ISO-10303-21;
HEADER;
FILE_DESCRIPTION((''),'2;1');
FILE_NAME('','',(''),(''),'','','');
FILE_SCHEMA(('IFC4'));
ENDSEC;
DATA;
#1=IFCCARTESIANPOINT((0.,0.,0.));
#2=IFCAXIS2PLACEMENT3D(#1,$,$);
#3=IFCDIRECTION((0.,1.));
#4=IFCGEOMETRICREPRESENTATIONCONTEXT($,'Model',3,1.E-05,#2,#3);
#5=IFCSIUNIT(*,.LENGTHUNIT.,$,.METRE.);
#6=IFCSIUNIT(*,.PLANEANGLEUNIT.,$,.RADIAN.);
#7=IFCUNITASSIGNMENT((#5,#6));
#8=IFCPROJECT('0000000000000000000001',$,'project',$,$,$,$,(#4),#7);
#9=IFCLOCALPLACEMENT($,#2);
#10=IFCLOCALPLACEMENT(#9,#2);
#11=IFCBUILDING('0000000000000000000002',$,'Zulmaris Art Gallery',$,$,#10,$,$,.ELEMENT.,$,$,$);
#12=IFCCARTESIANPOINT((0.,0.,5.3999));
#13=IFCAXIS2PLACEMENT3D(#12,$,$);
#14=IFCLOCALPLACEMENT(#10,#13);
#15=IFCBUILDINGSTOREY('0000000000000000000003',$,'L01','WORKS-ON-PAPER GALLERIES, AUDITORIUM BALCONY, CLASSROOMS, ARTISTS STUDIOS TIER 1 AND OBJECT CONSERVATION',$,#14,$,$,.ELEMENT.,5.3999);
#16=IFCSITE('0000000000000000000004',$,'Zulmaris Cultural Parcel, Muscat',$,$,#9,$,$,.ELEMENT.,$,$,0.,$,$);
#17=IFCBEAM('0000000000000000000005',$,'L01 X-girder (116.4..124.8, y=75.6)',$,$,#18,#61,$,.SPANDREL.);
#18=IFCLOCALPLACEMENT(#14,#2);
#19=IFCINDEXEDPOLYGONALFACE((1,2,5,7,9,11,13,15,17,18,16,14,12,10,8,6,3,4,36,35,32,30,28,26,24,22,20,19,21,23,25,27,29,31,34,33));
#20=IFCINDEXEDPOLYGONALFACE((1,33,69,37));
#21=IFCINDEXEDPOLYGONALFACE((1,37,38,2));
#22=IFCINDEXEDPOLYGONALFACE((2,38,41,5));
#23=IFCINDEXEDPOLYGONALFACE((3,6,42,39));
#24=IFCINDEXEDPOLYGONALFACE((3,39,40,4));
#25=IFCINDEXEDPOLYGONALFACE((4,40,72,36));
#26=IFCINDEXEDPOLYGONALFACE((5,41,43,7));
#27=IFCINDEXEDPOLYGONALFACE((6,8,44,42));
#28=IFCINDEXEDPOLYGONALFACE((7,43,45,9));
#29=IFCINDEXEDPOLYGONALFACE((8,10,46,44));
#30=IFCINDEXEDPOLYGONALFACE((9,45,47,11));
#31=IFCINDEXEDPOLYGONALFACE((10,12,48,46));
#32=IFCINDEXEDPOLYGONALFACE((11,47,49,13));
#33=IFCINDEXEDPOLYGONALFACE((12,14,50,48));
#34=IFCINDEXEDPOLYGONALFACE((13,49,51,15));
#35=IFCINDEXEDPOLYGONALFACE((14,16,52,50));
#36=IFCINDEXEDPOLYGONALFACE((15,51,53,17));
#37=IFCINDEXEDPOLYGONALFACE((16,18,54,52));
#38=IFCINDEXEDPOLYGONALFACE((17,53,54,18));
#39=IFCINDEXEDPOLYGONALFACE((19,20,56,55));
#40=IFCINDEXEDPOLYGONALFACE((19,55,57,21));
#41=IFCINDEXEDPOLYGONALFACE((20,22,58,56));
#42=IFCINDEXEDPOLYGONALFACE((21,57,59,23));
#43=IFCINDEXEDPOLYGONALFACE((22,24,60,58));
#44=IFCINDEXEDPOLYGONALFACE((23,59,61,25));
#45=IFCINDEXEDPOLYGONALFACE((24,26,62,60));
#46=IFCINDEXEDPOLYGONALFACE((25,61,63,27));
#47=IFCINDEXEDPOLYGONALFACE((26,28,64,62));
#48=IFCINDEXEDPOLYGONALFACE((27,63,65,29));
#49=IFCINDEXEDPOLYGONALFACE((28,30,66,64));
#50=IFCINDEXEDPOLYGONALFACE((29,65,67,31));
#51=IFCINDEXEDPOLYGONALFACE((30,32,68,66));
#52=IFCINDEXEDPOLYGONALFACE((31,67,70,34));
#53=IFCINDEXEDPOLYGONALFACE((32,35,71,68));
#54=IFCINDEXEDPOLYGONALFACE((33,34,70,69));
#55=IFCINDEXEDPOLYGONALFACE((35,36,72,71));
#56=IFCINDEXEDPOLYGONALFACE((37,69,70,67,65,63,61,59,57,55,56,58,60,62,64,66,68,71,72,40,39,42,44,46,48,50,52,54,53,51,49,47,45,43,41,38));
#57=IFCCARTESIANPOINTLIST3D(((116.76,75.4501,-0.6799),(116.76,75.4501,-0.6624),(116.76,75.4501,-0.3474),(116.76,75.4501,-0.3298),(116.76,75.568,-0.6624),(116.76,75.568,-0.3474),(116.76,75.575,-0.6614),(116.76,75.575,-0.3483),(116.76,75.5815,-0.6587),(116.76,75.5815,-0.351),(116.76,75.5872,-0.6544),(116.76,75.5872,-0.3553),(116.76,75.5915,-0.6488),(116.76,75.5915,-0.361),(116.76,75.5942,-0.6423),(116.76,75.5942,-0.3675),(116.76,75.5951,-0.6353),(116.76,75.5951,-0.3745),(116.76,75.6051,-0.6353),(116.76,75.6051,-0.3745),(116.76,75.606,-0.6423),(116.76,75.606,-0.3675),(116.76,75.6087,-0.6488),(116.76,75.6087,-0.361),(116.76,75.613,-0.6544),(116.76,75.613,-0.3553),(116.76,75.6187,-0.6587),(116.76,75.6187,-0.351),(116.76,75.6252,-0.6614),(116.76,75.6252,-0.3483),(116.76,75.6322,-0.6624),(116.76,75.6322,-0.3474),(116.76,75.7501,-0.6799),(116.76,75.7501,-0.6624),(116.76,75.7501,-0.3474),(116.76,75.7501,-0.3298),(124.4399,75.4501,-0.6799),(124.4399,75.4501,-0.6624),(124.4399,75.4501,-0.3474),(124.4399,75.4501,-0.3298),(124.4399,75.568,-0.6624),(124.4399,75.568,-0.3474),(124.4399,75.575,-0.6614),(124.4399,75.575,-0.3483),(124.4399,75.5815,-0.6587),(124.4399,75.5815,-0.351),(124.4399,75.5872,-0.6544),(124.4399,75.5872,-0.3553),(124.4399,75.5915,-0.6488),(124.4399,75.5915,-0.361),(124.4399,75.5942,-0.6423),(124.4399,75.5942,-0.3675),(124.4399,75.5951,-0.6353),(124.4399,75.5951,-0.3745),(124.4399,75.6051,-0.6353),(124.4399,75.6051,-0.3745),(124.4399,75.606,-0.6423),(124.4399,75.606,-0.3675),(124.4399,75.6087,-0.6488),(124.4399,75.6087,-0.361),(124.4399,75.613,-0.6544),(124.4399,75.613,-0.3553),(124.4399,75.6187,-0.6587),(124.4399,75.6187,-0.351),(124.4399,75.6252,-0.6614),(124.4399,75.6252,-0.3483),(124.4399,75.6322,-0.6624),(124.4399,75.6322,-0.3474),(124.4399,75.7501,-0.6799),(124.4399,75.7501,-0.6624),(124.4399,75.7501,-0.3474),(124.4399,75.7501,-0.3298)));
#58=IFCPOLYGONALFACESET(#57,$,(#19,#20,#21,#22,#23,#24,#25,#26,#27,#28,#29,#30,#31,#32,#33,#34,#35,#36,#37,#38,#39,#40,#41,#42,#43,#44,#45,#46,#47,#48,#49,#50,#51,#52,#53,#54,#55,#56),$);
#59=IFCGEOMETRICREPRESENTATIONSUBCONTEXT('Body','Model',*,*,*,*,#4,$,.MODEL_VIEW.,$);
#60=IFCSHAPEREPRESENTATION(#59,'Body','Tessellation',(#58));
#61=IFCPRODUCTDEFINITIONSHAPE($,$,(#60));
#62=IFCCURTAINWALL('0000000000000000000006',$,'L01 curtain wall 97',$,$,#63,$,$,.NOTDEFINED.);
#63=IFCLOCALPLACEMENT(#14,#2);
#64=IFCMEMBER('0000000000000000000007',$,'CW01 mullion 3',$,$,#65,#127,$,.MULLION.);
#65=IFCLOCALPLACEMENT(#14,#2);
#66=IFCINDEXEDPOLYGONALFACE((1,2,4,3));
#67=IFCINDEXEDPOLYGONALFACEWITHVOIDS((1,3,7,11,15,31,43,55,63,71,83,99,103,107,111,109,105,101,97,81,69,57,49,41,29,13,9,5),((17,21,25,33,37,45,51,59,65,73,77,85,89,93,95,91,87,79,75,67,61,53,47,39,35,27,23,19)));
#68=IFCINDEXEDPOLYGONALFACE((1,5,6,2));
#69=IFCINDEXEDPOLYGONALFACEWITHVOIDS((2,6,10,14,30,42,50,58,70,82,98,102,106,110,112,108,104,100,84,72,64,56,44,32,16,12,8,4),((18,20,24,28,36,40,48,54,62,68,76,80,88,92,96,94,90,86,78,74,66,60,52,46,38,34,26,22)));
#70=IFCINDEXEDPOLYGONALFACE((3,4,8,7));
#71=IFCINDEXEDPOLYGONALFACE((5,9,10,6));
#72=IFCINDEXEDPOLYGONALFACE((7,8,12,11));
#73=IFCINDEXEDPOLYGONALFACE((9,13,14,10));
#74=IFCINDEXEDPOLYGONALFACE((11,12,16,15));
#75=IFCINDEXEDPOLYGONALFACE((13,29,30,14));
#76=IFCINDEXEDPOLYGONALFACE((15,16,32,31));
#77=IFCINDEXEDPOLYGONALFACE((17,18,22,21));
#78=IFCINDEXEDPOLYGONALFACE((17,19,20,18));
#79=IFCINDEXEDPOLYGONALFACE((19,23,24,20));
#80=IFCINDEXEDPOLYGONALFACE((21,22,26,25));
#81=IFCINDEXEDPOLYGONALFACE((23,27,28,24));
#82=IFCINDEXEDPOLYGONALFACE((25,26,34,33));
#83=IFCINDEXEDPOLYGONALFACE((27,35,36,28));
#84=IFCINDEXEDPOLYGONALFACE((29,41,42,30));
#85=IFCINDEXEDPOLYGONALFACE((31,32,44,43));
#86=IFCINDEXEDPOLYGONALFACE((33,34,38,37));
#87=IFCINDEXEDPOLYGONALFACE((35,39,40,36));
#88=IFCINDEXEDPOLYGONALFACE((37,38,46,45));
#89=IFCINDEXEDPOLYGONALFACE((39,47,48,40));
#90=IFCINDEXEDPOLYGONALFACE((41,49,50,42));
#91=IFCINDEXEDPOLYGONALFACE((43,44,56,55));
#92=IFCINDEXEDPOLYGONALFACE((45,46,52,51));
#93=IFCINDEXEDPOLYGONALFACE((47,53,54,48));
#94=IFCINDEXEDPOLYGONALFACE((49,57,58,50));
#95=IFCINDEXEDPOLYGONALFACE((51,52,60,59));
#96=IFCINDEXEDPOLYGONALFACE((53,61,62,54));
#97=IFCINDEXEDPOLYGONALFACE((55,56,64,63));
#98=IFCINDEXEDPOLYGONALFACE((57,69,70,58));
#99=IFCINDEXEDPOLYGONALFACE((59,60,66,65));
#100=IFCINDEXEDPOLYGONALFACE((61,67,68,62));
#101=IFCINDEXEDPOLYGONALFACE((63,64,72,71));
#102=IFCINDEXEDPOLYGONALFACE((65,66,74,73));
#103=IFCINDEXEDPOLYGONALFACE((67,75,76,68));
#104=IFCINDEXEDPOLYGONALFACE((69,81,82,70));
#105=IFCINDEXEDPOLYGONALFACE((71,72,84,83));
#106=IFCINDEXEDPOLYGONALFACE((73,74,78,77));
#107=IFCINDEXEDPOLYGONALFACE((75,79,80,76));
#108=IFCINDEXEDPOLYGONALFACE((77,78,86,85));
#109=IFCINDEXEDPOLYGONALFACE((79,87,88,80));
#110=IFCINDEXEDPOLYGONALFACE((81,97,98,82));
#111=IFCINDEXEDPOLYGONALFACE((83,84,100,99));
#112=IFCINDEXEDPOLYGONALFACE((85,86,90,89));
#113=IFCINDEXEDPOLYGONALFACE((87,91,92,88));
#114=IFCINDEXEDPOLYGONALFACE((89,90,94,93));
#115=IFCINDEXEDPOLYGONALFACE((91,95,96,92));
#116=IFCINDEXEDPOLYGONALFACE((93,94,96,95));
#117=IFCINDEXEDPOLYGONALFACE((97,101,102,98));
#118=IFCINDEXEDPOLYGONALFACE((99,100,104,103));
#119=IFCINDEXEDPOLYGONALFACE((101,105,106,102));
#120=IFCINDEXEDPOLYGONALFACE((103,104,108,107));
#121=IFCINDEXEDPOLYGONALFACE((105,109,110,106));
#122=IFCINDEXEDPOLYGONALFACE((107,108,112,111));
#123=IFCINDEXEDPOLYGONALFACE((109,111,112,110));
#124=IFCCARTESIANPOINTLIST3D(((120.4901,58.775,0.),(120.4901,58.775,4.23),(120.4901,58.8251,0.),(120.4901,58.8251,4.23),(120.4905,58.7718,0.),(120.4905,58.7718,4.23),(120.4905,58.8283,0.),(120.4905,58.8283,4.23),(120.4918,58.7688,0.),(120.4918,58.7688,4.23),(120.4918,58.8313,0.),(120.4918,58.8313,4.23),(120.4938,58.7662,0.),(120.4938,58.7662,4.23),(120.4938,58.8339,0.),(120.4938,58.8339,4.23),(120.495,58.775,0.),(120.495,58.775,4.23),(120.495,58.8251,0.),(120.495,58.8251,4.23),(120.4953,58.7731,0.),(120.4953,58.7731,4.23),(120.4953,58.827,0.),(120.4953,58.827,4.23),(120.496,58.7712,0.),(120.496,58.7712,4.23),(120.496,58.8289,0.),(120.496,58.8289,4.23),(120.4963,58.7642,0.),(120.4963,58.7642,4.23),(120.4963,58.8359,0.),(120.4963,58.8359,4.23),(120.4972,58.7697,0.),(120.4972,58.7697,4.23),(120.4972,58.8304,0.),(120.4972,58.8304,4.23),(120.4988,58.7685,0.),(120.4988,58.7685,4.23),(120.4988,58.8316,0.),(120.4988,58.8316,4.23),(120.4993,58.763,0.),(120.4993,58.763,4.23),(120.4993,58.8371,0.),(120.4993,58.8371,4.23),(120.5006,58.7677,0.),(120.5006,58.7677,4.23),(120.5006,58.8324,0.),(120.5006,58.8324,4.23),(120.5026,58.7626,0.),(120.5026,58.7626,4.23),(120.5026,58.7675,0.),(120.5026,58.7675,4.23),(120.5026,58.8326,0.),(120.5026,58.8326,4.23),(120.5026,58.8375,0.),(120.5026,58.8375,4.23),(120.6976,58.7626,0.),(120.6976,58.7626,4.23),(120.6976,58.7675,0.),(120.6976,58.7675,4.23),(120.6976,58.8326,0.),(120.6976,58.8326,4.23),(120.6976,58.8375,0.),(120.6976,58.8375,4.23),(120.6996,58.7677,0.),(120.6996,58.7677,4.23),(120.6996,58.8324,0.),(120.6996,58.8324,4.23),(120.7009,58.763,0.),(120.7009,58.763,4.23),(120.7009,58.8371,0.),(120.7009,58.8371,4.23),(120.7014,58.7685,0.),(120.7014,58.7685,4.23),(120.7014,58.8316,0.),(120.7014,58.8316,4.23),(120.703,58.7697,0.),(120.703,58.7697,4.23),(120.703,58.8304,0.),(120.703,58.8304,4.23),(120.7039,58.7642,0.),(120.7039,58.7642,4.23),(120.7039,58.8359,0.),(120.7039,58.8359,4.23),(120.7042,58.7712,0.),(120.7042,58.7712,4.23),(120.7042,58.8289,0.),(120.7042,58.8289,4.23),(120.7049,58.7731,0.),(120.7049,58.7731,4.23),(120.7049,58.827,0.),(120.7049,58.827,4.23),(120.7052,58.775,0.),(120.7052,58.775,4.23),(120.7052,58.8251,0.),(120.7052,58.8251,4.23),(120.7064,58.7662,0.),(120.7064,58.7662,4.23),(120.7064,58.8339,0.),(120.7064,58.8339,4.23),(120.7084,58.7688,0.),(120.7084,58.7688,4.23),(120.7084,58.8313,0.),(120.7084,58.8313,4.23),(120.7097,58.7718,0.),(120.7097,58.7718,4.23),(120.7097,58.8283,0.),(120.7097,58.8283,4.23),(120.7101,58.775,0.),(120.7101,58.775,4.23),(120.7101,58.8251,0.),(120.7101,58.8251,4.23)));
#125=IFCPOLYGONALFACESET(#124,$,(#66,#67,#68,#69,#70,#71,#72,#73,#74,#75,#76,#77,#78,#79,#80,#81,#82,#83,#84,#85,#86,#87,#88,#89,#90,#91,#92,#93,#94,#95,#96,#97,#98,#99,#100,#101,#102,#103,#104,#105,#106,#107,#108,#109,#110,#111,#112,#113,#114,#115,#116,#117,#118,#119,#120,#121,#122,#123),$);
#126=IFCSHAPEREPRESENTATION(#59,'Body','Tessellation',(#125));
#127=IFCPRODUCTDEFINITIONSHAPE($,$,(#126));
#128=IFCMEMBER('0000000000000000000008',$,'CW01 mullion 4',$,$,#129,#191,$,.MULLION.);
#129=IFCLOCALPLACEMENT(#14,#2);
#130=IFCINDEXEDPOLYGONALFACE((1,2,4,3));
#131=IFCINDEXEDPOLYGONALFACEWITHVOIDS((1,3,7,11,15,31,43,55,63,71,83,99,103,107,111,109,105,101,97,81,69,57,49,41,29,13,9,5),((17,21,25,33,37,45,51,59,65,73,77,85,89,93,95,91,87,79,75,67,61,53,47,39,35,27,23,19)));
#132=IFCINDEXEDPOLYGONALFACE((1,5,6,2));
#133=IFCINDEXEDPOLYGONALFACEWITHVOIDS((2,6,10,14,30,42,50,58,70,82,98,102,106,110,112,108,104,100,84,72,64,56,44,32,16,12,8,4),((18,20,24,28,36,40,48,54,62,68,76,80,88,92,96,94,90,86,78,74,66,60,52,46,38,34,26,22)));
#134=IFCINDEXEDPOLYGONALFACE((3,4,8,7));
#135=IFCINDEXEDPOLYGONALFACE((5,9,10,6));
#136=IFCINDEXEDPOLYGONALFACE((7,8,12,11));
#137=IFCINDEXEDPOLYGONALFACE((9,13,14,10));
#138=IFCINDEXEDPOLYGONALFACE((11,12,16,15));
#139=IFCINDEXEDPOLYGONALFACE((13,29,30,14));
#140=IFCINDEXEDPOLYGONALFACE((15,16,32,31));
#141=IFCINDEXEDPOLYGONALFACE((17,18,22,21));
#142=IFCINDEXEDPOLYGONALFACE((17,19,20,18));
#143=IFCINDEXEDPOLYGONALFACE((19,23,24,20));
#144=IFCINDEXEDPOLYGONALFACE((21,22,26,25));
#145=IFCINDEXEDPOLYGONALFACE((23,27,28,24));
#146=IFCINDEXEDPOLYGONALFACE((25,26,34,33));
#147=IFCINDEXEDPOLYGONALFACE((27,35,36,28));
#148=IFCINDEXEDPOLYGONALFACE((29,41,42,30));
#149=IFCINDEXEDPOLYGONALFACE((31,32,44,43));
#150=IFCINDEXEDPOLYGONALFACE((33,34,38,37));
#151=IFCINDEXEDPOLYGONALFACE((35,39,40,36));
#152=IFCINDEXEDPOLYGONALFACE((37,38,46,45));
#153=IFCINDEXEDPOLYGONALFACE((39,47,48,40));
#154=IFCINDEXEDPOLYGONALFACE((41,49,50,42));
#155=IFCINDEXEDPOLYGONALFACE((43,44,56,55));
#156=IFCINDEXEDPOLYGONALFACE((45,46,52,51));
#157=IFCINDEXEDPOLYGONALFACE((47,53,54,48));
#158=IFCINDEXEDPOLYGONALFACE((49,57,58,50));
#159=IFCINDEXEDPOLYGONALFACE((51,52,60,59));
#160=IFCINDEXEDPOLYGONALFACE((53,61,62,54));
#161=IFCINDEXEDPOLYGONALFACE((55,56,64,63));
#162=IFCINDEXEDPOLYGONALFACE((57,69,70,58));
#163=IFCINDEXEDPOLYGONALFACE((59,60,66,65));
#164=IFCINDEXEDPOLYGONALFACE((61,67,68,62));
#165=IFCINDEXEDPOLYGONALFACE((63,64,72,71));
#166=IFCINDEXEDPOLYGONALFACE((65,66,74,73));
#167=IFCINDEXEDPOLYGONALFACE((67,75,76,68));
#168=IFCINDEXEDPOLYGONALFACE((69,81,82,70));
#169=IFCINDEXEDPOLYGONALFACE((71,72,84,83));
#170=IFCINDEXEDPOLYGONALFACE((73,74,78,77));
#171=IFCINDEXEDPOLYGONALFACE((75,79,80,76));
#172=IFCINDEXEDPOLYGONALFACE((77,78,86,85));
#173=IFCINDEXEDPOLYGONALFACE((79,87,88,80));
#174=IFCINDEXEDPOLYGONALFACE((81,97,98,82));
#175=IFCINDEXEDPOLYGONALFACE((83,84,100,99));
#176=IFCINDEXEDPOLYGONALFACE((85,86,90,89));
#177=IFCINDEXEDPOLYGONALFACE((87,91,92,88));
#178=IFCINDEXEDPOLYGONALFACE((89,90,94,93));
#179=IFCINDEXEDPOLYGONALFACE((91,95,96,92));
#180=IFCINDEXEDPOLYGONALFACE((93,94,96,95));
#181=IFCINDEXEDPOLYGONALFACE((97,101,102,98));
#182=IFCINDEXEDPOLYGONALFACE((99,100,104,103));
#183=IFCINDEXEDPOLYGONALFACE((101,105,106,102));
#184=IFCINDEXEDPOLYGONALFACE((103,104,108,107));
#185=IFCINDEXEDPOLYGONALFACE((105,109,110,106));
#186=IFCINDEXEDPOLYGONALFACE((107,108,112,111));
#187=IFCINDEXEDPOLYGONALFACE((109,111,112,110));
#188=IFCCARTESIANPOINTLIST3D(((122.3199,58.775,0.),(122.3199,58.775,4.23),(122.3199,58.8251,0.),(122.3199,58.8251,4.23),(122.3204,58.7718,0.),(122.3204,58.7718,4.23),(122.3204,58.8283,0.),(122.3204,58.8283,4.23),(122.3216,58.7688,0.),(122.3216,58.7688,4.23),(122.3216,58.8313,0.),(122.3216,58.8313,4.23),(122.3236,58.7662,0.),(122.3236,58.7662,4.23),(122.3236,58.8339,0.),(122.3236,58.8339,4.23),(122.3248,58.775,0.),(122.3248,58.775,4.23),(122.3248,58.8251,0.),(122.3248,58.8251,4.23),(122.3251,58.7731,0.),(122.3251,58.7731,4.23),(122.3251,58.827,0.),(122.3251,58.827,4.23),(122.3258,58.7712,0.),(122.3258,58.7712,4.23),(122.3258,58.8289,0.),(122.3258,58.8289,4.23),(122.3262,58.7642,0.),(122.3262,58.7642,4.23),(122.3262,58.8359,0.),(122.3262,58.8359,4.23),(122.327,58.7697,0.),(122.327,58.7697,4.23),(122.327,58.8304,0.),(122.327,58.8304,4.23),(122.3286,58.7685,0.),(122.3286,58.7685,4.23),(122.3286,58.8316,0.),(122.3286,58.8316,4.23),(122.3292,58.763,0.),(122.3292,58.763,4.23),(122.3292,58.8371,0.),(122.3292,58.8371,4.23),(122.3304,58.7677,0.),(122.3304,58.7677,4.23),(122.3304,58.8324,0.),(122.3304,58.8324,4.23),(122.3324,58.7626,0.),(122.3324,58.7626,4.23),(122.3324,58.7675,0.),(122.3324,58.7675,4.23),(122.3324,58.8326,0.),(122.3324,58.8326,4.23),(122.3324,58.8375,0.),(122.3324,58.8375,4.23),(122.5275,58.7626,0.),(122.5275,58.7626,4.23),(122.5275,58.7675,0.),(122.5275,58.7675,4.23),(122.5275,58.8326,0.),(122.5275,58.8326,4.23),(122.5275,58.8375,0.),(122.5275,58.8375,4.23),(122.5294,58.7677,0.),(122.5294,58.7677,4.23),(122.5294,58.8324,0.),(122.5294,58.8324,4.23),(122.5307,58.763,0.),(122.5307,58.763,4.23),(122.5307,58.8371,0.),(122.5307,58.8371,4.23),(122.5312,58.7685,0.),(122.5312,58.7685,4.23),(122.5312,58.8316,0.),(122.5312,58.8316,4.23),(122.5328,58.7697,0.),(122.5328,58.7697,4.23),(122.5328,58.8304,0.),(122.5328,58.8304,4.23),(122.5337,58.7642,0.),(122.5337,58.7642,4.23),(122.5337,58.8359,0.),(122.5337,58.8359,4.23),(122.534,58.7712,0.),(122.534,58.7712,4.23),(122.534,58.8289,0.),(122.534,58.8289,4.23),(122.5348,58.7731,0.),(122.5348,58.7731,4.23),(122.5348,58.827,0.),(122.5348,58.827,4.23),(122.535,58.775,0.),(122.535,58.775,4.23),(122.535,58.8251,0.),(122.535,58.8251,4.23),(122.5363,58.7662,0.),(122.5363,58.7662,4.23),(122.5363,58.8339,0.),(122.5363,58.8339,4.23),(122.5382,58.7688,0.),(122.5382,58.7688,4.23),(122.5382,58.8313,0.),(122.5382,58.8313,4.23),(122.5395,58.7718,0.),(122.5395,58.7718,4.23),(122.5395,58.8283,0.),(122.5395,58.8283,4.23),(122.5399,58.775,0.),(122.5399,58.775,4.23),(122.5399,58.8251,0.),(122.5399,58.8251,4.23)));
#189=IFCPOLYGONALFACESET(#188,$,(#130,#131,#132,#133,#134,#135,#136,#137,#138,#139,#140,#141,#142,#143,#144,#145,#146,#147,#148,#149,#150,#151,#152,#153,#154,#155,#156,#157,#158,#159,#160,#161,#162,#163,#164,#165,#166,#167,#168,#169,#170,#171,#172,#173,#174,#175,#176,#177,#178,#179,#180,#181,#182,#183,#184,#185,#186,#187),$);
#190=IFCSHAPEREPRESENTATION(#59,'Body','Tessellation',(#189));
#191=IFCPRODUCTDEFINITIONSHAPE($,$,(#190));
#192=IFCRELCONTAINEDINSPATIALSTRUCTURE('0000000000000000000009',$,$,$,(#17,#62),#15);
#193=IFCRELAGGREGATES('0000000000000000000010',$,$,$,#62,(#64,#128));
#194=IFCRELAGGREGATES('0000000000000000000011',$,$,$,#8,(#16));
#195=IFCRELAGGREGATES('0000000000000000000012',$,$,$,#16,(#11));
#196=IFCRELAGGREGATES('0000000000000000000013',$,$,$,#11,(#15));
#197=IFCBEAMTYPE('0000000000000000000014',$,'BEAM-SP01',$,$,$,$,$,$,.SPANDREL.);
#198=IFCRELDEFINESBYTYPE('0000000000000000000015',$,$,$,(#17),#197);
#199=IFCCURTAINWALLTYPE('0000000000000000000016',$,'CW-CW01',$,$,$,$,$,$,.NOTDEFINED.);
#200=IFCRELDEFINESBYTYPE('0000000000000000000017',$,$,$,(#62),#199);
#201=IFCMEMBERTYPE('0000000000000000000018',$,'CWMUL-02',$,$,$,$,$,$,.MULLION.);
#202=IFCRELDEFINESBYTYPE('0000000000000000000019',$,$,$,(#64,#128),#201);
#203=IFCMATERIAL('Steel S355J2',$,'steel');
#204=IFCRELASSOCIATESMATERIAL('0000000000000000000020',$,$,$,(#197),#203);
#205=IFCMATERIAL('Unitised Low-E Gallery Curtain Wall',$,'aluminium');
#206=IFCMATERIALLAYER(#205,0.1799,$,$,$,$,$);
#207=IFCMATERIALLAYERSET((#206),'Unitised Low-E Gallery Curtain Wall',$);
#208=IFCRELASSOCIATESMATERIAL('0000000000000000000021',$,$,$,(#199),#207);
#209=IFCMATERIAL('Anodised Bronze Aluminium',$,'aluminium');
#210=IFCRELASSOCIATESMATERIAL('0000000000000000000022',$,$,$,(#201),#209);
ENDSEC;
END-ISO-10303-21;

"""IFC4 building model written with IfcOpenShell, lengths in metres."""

from ifc_helpers import new_model, si_unit, direction, frame, origin, origin_2d, place, context, subcontext, project, spatial, hollow_rectangle, i_section, extrude, material, layer, layer_set, material_profile, profile_set, type_object, element, aggregate, save


model = new_model("IFC4")

# Units and contexts
model_context = context("Model", 3, precision=1e-05, world=origin(), true_north=direction((0.0, 1.0)))
body_context = subcontext(model_context, "Body", "Model", "MODEL_VIEW")
ifc_project = project(units=[si_unit("LENGTHUNIT", "METRE"), si_unit("PLANEANGLEUNIT", "RADIAN")], contexts=[model_context])

# Site, building, storey
site_placement = place(None, origin())
site = spatial("IfcSite", under=ifc_project, at=site_placement, Name="Zulmaris Cultural Parcel, Muscat", CompositionType="ELEMENT", RefElevation=0.0)
building_placement = place(site_placement, origin())
building = spatial("IfcBuilding", under=site, at=building_placement, Name="Zulmaris Art Gallery", CompositionType="ELEMENT")
storey_placement = place(building_placement, frame((0.0, 0.0, 5.3999)))
storey = spatial("IfcBuildingStorey", under=building, at=storey_placement, Name="L01", Description="WORKS-ON-PAPER GALLERIES, AUDITORIUM BALCONY, CLASSROOMS, ARTISTS STUDIOS TIER 1 AND OBJECT CONSERVATION", CompositionType="ELEMENT", Elevation=5.3999)

# Beam
ifc_material_1 = material(Name="Steel S355J2", Category="steel")
ifc_material_profile_1 = material_profile(ifc_material_1, i_section(OverallWidth=0.3, OverallDepth=0.3501, WebThickness=0.01, FlangeThickness=0.0176, FilletRadius=0.0271, at=origin_2d()), Name="HEA 360")
ifc_profile_set_1 = profile_set([ifc_material_profile_1], Name="Steel S355J2")
beam_type_1 = type_object("IfcBeamType", Name="BEAM-SP01", PredefinedType="SPANDREL", material=ifc_profile_set_1)
beam_1_placement = place(storey_placement, frame((116.76, 75.6001, -0.5049), z_axis=(1.0, 0.0, 0.0), x_axis=(0.0, 1.0, 0.0)))
element("IfcBeam", 1, at=beam_1_placement, inside=storey, type_object=beam_type_1, Name="L01 X-girder (116.4..124.8, y=75.6)", PredefinedType="SPANDREL", context=body_context, shape_type="SweptSolid", body=[
    extrude(i_section(OverallWidth=0.3, OverallDepth=0.3501, WebThickness=0.01, FlangeThickness=0.0176, FilletRadius=0.0271, at=origin_2d()), origin(), (0.0, 0.0, 1.0), 7.6799),
])

# Curtain wall, members
ifc_material_2 = material(Name="Unitised Low-E Gallery Curtain Wall", Category="aluminium")
ifc_layer_1 = layer(ifc_material_2, 0.1799)
ifc_layer_set_1 = layer_set([ifc_layer_1], Name="Unitised Low-E Gallery Curtain Wall")
curtain_wall_type = type_object("IfcCurtainWallType", Name="CW-CW01", PredefinedType="NOTDEFINED", material=ifc_layer_set_1)
curtain_wall_placement = place(storey_placement, origin())
curtain_wall = element("IfcCurtainWall", 2, at=curtain_wall_placement, inside=storey, type_object=curtain_wall_type, Name="L01 curtain wall 97", PredefinedType="NOTDEFINED")
ifc_material_3 = material(Name="Anodised Bronze Aluminium", Category="aluminium")
ifc_material_profile_2 = material_profile(ifc_material_3, hollow_rectangle(XDim=0.075, YDim=0.22, WallThickness=0.0049, InnerFilletRadius=0.0076, OuterFilletRadius=0.0125, at=origin_2d()), Name="ALU 75x220x5")
ifc_profile_set_2 = profile_set([ifc_material_profile_2], Name="Anodised Bronze Aluminium")
member_type_1 = type_object("IfcMemberType", Name="CWMUL-02", PredefinedType="MULLION", material=ifc_profile_set_2)
member_1_placement = place(storey_placement, frame((120.6001, 58.8, 0.0), z_axis=(0.0, 0.0, 1.0), x_axis=(0.0, 1.0, 0.0)))
member_1 = element("IfcMember", 3, at=member_1_placement, type_object=member_type_1, Name="CW01 mullion 3", PredefinedType="MULLION", context=body_context, shape_type="SweptSolid", body=[
    extrude(hollow_rectangle(XDim=0.075, YDim=0.22, WallThickness=0.0049, InnerFilletRadius=0.0076, OuterFilletRadius=0.0125, at=origin_2d()), origin(), (0.0, 0.0, 1.0), 4.23),
])
member_2_placement = place(storey_placement, frame((122.4299, 58.8, 0.0), z_axis=(0.0, 0.0, 1.0), x_axis=(0.0, 1.0, 0.0)))
member_2 = element("IfcMember", 4, at=member_2_placement, type_object=member_type_1, Name="CW01 mullion 4", PredefinedType="MULLION", context=body_context, shape_type="SweptSolid", body=[
    extrude(hollow_rectangle(XDim=0.075, YDim=0.22, WallThickness=0.0049, InnerFilletRadius=0.0076, OuterFilletRadius=0.0125, at=origin_2d()), origin(), (0.0, 0.0, 1.0), 4.23),
])
aggregate(curtain_wall, [member_1, member_2])

save(model, "model.ifc")
